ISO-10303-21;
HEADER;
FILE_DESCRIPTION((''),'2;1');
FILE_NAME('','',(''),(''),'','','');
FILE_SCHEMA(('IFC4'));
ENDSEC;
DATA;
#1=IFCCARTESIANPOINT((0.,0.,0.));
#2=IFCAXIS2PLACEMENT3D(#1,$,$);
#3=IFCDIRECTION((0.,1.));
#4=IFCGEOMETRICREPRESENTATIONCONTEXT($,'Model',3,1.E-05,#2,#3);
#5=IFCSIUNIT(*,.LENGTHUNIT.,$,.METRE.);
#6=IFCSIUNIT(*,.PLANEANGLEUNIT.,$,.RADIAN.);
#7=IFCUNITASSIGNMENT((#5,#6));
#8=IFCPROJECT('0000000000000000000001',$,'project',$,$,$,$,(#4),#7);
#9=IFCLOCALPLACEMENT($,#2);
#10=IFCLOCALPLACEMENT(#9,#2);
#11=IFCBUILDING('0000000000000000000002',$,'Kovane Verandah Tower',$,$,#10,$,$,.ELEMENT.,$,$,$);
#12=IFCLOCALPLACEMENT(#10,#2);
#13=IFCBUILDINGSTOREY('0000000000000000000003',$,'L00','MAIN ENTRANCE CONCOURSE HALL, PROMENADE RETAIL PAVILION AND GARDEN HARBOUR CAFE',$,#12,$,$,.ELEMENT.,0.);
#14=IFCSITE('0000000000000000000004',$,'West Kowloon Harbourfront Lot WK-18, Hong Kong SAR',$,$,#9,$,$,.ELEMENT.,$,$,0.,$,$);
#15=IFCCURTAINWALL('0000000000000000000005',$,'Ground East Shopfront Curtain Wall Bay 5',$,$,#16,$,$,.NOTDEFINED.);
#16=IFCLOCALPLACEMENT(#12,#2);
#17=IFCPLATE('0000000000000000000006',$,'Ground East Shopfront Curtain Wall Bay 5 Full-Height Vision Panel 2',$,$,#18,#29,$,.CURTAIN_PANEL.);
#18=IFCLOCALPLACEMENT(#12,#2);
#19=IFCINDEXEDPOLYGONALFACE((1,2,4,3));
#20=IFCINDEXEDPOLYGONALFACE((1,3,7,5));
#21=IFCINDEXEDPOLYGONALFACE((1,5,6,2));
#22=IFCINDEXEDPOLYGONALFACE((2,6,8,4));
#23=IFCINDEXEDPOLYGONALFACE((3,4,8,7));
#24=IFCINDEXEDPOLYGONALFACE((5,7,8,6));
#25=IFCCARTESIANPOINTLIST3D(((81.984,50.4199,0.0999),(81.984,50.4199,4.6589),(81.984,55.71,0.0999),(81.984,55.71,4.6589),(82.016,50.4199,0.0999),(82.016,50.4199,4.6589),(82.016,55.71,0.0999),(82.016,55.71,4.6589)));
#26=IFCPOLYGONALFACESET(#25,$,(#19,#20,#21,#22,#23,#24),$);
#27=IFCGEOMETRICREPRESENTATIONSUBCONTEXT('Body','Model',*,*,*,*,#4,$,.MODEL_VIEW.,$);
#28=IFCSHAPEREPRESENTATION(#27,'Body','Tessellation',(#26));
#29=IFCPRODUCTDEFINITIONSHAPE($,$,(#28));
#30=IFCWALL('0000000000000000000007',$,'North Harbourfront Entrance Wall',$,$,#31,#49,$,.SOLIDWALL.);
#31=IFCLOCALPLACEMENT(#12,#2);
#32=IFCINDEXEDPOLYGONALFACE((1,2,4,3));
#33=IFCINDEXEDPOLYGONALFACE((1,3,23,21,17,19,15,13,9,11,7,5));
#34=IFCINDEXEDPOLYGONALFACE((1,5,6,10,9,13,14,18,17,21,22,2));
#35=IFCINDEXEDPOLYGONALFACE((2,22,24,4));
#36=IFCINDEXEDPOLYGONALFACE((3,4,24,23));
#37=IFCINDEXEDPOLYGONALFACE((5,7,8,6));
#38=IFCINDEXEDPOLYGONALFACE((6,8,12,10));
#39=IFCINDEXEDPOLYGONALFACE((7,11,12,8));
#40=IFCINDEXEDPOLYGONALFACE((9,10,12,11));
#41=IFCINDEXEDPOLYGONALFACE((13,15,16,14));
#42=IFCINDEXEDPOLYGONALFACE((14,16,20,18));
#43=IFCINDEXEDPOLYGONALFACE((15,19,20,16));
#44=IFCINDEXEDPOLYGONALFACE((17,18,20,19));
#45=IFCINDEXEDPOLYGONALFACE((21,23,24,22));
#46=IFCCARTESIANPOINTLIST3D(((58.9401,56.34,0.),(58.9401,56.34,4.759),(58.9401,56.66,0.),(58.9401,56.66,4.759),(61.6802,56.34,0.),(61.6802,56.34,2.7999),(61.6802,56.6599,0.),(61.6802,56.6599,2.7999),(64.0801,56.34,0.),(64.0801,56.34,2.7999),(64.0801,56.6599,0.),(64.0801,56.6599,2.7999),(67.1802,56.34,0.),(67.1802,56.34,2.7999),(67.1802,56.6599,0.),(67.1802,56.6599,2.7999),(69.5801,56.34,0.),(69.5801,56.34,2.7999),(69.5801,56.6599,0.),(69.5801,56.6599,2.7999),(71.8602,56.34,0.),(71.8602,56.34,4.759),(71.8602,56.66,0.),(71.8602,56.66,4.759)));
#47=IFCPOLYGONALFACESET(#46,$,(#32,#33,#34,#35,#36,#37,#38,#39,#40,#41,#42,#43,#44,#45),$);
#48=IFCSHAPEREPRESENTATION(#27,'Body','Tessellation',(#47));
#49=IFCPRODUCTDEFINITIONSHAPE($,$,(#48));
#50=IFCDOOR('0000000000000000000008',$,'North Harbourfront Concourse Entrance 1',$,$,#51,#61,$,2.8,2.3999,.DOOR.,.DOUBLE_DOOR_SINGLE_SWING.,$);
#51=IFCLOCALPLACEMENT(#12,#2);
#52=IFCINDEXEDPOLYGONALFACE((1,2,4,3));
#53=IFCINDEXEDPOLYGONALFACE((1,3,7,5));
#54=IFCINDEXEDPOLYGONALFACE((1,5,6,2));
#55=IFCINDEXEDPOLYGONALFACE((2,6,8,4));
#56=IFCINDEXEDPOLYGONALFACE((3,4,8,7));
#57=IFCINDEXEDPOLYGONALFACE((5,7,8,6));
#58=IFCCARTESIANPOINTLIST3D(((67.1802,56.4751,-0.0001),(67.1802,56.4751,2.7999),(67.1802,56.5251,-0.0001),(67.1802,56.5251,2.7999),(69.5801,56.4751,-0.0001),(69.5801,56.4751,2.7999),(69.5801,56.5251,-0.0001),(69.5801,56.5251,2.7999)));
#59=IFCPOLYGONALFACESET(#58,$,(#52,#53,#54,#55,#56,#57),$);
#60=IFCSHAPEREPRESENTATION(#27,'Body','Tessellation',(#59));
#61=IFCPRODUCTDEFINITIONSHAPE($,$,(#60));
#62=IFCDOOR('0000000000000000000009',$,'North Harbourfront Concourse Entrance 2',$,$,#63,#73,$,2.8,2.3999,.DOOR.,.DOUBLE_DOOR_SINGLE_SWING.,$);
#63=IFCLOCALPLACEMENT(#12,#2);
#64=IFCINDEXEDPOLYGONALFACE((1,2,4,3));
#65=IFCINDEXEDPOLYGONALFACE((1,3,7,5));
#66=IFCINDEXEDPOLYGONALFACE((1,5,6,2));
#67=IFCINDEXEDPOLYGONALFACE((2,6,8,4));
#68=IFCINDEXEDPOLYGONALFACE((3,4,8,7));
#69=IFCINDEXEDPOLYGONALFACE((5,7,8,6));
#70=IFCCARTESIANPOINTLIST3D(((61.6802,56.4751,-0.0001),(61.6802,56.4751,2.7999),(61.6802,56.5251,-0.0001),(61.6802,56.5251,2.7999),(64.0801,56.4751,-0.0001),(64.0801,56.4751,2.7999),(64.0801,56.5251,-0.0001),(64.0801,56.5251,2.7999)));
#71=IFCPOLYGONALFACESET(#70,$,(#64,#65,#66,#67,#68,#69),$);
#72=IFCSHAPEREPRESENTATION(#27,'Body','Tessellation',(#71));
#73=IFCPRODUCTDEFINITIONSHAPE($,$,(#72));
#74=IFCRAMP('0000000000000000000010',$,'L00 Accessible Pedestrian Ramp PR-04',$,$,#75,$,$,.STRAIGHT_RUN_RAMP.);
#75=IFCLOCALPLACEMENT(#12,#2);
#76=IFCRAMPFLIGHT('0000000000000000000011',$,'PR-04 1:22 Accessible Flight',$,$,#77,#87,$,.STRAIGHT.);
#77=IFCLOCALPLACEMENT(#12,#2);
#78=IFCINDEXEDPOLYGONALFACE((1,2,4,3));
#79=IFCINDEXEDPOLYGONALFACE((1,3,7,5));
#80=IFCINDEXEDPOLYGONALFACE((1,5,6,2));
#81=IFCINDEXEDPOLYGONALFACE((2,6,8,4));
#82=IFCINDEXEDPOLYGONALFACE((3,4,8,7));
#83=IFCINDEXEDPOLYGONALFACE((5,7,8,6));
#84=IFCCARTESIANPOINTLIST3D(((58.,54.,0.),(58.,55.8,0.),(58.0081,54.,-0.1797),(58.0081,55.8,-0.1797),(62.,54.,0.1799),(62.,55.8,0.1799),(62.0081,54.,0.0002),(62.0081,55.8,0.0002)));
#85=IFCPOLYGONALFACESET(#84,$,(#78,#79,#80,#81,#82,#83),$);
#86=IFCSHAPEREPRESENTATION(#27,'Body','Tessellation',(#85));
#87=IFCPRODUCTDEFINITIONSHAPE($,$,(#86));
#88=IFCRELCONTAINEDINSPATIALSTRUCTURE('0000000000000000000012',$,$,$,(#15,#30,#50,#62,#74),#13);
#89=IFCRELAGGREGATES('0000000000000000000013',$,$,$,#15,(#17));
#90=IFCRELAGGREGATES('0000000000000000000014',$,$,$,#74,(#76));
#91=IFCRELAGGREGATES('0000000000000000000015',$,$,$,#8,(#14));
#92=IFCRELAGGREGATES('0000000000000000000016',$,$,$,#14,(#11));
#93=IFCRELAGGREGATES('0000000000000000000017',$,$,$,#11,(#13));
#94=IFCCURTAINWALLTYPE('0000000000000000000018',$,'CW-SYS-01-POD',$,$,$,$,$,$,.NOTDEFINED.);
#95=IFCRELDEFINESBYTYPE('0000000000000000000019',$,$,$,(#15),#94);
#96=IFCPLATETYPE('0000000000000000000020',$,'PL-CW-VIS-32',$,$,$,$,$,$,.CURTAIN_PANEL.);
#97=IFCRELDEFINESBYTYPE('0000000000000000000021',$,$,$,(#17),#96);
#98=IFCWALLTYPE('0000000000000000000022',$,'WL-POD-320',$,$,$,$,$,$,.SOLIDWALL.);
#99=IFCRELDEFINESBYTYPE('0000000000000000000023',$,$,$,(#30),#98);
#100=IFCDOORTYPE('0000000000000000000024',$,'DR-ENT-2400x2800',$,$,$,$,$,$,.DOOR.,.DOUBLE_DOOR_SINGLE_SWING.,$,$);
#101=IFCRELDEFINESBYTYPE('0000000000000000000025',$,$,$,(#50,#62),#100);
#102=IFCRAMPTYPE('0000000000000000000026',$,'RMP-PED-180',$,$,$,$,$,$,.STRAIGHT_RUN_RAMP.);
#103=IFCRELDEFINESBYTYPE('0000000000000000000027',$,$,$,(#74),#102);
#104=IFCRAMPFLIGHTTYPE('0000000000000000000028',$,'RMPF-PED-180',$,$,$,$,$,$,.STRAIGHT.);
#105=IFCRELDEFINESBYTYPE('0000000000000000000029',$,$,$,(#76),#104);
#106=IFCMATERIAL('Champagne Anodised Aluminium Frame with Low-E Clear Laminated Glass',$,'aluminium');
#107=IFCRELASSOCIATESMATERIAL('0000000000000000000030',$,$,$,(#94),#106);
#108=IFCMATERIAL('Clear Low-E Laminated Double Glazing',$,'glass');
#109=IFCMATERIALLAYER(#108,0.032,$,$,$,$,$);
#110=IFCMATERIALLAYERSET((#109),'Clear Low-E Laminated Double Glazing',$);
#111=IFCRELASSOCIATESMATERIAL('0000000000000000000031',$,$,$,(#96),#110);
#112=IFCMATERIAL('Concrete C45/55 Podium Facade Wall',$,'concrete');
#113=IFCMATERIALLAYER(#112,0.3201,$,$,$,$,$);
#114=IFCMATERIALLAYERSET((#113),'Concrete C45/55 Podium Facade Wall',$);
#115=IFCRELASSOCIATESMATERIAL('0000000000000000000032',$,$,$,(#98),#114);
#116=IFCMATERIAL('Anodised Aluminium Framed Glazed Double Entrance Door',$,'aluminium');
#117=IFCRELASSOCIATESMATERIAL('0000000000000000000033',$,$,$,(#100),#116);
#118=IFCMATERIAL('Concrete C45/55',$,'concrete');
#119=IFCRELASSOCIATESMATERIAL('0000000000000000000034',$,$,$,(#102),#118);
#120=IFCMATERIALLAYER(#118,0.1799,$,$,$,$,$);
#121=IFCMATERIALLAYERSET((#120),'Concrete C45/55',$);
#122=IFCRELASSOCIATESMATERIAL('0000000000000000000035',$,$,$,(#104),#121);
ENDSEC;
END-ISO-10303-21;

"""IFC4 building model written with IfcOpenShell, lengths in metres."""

from ifc_helpers import new_model, si_unit, direction, frame, frame_2d, origin, origin_2d, place, context, subcontext, project, spatial, polyline, rectangle, outline, extrude, material, layer, layer_set, type_object, element, fill, aggregate, save


model = new_model("IFC4")

# Units and contexts
model_context = context("Model", 3, precision=1e-05, world=origin(), true_north=direction((0.0, 1.0)))
body_context = subcontext(model_context, "Body", "Model", "MODEL_VIEW")
ifc_project = project(units=[si_unit("LENGTHUNIT", "METRE"), si_unit("PLANEANGLEUNIT", "RADIAN")], contexts=[model_context])

# Site, building, storey
site_placement = place(None, origin())
site = spatial("IfcSite", under=ifc_project, at=site_placement, Name="West Kowloon Harbourfront Lot WK-18, Hong Kong SAR", CompositionType="ELEMENT", RefElevation=0.0)
building_placement = place(site_placement, origin())
building = spatial("IfcBuilding", under=site, at=building_placement, Name="Kovane Verandah Tower", CompositionType="ELEMENT")
storey_placement = place(building_placement, origin())
storey = spatial("IfcBuildingStorey", under=building, at=storey_placement, Name="L00", Description="MAIN ENTRANCE CONCOURSE HALL, PROMENADE RETAIL PAVILION AND GARDEN HARBOUR CAFE", CompositionType="ELEMENT", Elevation=0.0)

# Shared definitions
ifc_material_1 = material(Name="Champagne Anodised Aluminium Frame with Low-E Clear Laminated Glass", Category="aluminium")
curtain_wall_type = type_object("IfcCurtainWallType", Name="CW-SYS-01-POD", PredefinedType="NOTDEFINED", material=ifc_material_1)

# Curtain wall
curtain_wall_1_placement = place(storey_placement, origin())
curtain_wall_1 = element("IfcCurtainWall", 1, at=curtain_wall_1_placement, inside=storey, type_object=curtain_wall_type, Name="Ground East Shopfront Curtain Wall Bay 5", PredefinedType="NOTDEFINED")

# Plate
ifc_material_2 = material(Name="Clear Low-E Laminated Double Glazing", Category="glass")
ifc_layer_1 = layer(ifc_material_2, 0.032)
ifc_layer_set_1 = layer_set([ifc_layer_1], Name="Clear Low-E Laminated Double Glazing")
plate_type = type_object("IfcPlateType", Name="PL-CW-VIS-32", PredefinedType="CURTAIN_PANEL", material=ifc_layer_set_1)
plate_1_placement = place(storey_placement, frame((82.0, 53.0649, 0.0999), z_axis=(0.0, 0.0, 1.0), x_axis=(0.0, 1.0, 0.0)))
plate_1 = element("IfcPlate", 2, at=plate_1_placement, type_object=plate_type, Name="Ground East Shopfront Curtain Wall Bay 5 Full-Height Vision Panel 2", PredefinedType="CURTAIN_PANEL", context=body_context, shape_type="SweptSolid", body=[
    extrude(rectangle(XDim=5.29, YDim=0.032, at=origin_2d()), origin(), (0.0, 0.0, 1.0), 4.5591),
])
aggregate(curtain_wall_1, [plate_1])

# Wall, openings, doors
ifc_material_3 = material(Name="Concrete C45/55 Podium Facade Wall", Category="concrete")
ifc_layer_2 = layer(ifc_material_3, 0.3201)
ifc_layer_set_2 = layer_set([ifc_layer_2], Name="Concrete C45/55 Podium Facade Wall")
wall_type = type_object("IfcWallType", Name="WL-POD-320", PredefinedType="SOLIDWALL", material=ifc_layer_set_2)
wall_placement = place(storey_placement, frame((71.8601, 56.5, 0.0), z_axis=(0.0, 0.0, 1.0), x_axis=(-1.0, 0.0, 0.0)))
wall = element("IfcWall", 3, at=wall_placement, inside=storey, type_object=wall_type, Name="North Harbourfront Entrance Wall", PredefinedType="SOLIDWALL", context=body_context, shape_type="SweptSolid", body=[
    extrude(rectangle(XDim=12.9202, YDim=0.3201, at=frame_2d((6.46, 0.0))), origin(), (0.0, 0.0, 1.0), 4.759),
])
opening_1_placement = place(wall_placement, frame((2.28, 0.0, 0.0)))
opening_1 = element("IfcOpeningElement", 4, at=opening_1_placement, cuts=wall, PredefinedType="OPENING", context=body_context, shape_type="SweptSolid", body=[
    extrude(rectangle(XDim=2.3999, YDim=2.8, at=frame_2d((1.2, 1.3999))), frame((0.0, 0.1602, 0.0), z_axis=(0.0, -1.0, 0.0), x_axis=(1.0, 0.0, 0.0)), (0.0, 0.0, 1.0), 0.3201),
])
opening_2_placement = place(wall_placement, frame((7.78, 0.0, 0.0)))
opening_2 = element("IfcOpeningElement", 5, at=opening_2_placement, cuts=wall, PredefinedType="OPENING", context=body_context, shape_type="SweptSolid", body=[
    extrude(rectangle(XDim=2.3999, YDim=2.8, at=frame_2d((1.2, 1.3999))), frame((0.0, 0.1602, 0.0), z_axis=(0.0, -1.0, 0.0), x_axis=(1.0, 0.0, 0.0)), (0.0, 0.0, 1.0), 0.3201),
])
ifc_material_4 = material(Name="Anodised Aluminium Framed Glazed Double Entrance Door", Category="aluminium")
door_type = type_object("IfcDoorType", Name="DR-ENT-2400x2800", OperationType="DOUBLE_DOOR_SINGLE_SWING", PredefinedType="DOOR", material=ifc_material_4)
door_1_placement = place(opening_1_placement, origin())
door_1 = element("IfcDoor", 6, at=door_1_placement, inside=storey, type_object=door_type, Name="North Harbourfront Concourse Entrance 1", OperationType="DOUBLE_DOOR_SINGLE_SWING", OverallHeight=2.8, OverallWidth=2.3999, PredefinedType="DOOR", context=body_context, shape_type="SweptSolid", body=[
    extrude(rectangle(XDim=2.3999, YDim=2.8, at=frame_2d((1.2, 1.3999))), frame((0.0, 0.0249, 0.0), z_axis=(0.0, -1.0, 0.0), x_axis=(1.0, 0.0, 0.0)), (0.0, 0.0, 1.0), 0.05),
])
fill(opening_1, door_1)
door_2_placement = place(opening_2_placement, origin())
door_2 = element("IfcDoor", 7, at=door_2_placement, inside=storey, type_object=door_type, Name="North Harbourfront Concourse Entrance 2", OperationType="DOUBLE_DOOR_SINGLE_SWING", OverallHeight=2.8, OverallWidth=2.3999, PredefinedType="DOOR", context=body_context, shape_type="SweptSolid", body=[
    extrude(rectangle(XDim=2.3999, YDim=2.8, at=frame_2d((1.2, 1.3999))), frame((0.0, 0.0249, 0.0), z_axis=(0.0, -1.0, 0.0), x_axis=(1.0, 0.0, 0.0)), (0.0, 0.0, 1.0), 0.05),
])
fill(opening_2, door_2)

# Ramp, ramp flight
ifc_material_5 = material(Name="Concrete C45/55", Category="concrete")
ramp_type = type_object("IfcRampType", Name="RMP-PED-180", PredefinedType="STRAIGHT_RUN_RAMP", material=ifc_material_5)
ramp_placement = place(storey_placement, origin())
ramp = element("IfcRamp", 8, at=ramp_placement, inside=storey, type_object=ramp_type, Name="L00 Accessible Pedestrian Ramp PR-04", PredefinedType="STRAIGHT_RUN_RAMP")
ifc_layer_3 = layer(ifc_material_5, 0.1799)
ifc_layer_set_3 = layer_set([ifc_layer_3], Name="Concrete C45/55")
ramp_flight_type = type_object("IfcRampFlightType", Name="RMPF-PED-180", PredefinedType="STRAIGHT", material=ifc_layer_set_3)
ramp_flight_placement = place(storey_placement, frame((58.0, 54.0, 0.0), z_axis=(-0.044937, 0.0, 0.99899), x_axis=(0.99899, 0.0, 0.044937)))
ramp_flight = element("IfcRampFlight", 9, at=ramp_flight_placement, type_object=ramp_flight_type, Name="PR-04 1:22 Accessible Flight", PredefinedType="STRAIGHT", context=body_context, shape_type="SweptSolid", body=[
    extrude(outline(polyline([(0.0, 0.0), (4.004, 0.0), (4.004, 1.8), (0.0, 1.8), (0.0, 0.0)])), origin(), (0.0, 0.0, -1.0), 0.1799),
])
aggregate(ramp, [ramp_flight])

save(model, "model.ifc")
